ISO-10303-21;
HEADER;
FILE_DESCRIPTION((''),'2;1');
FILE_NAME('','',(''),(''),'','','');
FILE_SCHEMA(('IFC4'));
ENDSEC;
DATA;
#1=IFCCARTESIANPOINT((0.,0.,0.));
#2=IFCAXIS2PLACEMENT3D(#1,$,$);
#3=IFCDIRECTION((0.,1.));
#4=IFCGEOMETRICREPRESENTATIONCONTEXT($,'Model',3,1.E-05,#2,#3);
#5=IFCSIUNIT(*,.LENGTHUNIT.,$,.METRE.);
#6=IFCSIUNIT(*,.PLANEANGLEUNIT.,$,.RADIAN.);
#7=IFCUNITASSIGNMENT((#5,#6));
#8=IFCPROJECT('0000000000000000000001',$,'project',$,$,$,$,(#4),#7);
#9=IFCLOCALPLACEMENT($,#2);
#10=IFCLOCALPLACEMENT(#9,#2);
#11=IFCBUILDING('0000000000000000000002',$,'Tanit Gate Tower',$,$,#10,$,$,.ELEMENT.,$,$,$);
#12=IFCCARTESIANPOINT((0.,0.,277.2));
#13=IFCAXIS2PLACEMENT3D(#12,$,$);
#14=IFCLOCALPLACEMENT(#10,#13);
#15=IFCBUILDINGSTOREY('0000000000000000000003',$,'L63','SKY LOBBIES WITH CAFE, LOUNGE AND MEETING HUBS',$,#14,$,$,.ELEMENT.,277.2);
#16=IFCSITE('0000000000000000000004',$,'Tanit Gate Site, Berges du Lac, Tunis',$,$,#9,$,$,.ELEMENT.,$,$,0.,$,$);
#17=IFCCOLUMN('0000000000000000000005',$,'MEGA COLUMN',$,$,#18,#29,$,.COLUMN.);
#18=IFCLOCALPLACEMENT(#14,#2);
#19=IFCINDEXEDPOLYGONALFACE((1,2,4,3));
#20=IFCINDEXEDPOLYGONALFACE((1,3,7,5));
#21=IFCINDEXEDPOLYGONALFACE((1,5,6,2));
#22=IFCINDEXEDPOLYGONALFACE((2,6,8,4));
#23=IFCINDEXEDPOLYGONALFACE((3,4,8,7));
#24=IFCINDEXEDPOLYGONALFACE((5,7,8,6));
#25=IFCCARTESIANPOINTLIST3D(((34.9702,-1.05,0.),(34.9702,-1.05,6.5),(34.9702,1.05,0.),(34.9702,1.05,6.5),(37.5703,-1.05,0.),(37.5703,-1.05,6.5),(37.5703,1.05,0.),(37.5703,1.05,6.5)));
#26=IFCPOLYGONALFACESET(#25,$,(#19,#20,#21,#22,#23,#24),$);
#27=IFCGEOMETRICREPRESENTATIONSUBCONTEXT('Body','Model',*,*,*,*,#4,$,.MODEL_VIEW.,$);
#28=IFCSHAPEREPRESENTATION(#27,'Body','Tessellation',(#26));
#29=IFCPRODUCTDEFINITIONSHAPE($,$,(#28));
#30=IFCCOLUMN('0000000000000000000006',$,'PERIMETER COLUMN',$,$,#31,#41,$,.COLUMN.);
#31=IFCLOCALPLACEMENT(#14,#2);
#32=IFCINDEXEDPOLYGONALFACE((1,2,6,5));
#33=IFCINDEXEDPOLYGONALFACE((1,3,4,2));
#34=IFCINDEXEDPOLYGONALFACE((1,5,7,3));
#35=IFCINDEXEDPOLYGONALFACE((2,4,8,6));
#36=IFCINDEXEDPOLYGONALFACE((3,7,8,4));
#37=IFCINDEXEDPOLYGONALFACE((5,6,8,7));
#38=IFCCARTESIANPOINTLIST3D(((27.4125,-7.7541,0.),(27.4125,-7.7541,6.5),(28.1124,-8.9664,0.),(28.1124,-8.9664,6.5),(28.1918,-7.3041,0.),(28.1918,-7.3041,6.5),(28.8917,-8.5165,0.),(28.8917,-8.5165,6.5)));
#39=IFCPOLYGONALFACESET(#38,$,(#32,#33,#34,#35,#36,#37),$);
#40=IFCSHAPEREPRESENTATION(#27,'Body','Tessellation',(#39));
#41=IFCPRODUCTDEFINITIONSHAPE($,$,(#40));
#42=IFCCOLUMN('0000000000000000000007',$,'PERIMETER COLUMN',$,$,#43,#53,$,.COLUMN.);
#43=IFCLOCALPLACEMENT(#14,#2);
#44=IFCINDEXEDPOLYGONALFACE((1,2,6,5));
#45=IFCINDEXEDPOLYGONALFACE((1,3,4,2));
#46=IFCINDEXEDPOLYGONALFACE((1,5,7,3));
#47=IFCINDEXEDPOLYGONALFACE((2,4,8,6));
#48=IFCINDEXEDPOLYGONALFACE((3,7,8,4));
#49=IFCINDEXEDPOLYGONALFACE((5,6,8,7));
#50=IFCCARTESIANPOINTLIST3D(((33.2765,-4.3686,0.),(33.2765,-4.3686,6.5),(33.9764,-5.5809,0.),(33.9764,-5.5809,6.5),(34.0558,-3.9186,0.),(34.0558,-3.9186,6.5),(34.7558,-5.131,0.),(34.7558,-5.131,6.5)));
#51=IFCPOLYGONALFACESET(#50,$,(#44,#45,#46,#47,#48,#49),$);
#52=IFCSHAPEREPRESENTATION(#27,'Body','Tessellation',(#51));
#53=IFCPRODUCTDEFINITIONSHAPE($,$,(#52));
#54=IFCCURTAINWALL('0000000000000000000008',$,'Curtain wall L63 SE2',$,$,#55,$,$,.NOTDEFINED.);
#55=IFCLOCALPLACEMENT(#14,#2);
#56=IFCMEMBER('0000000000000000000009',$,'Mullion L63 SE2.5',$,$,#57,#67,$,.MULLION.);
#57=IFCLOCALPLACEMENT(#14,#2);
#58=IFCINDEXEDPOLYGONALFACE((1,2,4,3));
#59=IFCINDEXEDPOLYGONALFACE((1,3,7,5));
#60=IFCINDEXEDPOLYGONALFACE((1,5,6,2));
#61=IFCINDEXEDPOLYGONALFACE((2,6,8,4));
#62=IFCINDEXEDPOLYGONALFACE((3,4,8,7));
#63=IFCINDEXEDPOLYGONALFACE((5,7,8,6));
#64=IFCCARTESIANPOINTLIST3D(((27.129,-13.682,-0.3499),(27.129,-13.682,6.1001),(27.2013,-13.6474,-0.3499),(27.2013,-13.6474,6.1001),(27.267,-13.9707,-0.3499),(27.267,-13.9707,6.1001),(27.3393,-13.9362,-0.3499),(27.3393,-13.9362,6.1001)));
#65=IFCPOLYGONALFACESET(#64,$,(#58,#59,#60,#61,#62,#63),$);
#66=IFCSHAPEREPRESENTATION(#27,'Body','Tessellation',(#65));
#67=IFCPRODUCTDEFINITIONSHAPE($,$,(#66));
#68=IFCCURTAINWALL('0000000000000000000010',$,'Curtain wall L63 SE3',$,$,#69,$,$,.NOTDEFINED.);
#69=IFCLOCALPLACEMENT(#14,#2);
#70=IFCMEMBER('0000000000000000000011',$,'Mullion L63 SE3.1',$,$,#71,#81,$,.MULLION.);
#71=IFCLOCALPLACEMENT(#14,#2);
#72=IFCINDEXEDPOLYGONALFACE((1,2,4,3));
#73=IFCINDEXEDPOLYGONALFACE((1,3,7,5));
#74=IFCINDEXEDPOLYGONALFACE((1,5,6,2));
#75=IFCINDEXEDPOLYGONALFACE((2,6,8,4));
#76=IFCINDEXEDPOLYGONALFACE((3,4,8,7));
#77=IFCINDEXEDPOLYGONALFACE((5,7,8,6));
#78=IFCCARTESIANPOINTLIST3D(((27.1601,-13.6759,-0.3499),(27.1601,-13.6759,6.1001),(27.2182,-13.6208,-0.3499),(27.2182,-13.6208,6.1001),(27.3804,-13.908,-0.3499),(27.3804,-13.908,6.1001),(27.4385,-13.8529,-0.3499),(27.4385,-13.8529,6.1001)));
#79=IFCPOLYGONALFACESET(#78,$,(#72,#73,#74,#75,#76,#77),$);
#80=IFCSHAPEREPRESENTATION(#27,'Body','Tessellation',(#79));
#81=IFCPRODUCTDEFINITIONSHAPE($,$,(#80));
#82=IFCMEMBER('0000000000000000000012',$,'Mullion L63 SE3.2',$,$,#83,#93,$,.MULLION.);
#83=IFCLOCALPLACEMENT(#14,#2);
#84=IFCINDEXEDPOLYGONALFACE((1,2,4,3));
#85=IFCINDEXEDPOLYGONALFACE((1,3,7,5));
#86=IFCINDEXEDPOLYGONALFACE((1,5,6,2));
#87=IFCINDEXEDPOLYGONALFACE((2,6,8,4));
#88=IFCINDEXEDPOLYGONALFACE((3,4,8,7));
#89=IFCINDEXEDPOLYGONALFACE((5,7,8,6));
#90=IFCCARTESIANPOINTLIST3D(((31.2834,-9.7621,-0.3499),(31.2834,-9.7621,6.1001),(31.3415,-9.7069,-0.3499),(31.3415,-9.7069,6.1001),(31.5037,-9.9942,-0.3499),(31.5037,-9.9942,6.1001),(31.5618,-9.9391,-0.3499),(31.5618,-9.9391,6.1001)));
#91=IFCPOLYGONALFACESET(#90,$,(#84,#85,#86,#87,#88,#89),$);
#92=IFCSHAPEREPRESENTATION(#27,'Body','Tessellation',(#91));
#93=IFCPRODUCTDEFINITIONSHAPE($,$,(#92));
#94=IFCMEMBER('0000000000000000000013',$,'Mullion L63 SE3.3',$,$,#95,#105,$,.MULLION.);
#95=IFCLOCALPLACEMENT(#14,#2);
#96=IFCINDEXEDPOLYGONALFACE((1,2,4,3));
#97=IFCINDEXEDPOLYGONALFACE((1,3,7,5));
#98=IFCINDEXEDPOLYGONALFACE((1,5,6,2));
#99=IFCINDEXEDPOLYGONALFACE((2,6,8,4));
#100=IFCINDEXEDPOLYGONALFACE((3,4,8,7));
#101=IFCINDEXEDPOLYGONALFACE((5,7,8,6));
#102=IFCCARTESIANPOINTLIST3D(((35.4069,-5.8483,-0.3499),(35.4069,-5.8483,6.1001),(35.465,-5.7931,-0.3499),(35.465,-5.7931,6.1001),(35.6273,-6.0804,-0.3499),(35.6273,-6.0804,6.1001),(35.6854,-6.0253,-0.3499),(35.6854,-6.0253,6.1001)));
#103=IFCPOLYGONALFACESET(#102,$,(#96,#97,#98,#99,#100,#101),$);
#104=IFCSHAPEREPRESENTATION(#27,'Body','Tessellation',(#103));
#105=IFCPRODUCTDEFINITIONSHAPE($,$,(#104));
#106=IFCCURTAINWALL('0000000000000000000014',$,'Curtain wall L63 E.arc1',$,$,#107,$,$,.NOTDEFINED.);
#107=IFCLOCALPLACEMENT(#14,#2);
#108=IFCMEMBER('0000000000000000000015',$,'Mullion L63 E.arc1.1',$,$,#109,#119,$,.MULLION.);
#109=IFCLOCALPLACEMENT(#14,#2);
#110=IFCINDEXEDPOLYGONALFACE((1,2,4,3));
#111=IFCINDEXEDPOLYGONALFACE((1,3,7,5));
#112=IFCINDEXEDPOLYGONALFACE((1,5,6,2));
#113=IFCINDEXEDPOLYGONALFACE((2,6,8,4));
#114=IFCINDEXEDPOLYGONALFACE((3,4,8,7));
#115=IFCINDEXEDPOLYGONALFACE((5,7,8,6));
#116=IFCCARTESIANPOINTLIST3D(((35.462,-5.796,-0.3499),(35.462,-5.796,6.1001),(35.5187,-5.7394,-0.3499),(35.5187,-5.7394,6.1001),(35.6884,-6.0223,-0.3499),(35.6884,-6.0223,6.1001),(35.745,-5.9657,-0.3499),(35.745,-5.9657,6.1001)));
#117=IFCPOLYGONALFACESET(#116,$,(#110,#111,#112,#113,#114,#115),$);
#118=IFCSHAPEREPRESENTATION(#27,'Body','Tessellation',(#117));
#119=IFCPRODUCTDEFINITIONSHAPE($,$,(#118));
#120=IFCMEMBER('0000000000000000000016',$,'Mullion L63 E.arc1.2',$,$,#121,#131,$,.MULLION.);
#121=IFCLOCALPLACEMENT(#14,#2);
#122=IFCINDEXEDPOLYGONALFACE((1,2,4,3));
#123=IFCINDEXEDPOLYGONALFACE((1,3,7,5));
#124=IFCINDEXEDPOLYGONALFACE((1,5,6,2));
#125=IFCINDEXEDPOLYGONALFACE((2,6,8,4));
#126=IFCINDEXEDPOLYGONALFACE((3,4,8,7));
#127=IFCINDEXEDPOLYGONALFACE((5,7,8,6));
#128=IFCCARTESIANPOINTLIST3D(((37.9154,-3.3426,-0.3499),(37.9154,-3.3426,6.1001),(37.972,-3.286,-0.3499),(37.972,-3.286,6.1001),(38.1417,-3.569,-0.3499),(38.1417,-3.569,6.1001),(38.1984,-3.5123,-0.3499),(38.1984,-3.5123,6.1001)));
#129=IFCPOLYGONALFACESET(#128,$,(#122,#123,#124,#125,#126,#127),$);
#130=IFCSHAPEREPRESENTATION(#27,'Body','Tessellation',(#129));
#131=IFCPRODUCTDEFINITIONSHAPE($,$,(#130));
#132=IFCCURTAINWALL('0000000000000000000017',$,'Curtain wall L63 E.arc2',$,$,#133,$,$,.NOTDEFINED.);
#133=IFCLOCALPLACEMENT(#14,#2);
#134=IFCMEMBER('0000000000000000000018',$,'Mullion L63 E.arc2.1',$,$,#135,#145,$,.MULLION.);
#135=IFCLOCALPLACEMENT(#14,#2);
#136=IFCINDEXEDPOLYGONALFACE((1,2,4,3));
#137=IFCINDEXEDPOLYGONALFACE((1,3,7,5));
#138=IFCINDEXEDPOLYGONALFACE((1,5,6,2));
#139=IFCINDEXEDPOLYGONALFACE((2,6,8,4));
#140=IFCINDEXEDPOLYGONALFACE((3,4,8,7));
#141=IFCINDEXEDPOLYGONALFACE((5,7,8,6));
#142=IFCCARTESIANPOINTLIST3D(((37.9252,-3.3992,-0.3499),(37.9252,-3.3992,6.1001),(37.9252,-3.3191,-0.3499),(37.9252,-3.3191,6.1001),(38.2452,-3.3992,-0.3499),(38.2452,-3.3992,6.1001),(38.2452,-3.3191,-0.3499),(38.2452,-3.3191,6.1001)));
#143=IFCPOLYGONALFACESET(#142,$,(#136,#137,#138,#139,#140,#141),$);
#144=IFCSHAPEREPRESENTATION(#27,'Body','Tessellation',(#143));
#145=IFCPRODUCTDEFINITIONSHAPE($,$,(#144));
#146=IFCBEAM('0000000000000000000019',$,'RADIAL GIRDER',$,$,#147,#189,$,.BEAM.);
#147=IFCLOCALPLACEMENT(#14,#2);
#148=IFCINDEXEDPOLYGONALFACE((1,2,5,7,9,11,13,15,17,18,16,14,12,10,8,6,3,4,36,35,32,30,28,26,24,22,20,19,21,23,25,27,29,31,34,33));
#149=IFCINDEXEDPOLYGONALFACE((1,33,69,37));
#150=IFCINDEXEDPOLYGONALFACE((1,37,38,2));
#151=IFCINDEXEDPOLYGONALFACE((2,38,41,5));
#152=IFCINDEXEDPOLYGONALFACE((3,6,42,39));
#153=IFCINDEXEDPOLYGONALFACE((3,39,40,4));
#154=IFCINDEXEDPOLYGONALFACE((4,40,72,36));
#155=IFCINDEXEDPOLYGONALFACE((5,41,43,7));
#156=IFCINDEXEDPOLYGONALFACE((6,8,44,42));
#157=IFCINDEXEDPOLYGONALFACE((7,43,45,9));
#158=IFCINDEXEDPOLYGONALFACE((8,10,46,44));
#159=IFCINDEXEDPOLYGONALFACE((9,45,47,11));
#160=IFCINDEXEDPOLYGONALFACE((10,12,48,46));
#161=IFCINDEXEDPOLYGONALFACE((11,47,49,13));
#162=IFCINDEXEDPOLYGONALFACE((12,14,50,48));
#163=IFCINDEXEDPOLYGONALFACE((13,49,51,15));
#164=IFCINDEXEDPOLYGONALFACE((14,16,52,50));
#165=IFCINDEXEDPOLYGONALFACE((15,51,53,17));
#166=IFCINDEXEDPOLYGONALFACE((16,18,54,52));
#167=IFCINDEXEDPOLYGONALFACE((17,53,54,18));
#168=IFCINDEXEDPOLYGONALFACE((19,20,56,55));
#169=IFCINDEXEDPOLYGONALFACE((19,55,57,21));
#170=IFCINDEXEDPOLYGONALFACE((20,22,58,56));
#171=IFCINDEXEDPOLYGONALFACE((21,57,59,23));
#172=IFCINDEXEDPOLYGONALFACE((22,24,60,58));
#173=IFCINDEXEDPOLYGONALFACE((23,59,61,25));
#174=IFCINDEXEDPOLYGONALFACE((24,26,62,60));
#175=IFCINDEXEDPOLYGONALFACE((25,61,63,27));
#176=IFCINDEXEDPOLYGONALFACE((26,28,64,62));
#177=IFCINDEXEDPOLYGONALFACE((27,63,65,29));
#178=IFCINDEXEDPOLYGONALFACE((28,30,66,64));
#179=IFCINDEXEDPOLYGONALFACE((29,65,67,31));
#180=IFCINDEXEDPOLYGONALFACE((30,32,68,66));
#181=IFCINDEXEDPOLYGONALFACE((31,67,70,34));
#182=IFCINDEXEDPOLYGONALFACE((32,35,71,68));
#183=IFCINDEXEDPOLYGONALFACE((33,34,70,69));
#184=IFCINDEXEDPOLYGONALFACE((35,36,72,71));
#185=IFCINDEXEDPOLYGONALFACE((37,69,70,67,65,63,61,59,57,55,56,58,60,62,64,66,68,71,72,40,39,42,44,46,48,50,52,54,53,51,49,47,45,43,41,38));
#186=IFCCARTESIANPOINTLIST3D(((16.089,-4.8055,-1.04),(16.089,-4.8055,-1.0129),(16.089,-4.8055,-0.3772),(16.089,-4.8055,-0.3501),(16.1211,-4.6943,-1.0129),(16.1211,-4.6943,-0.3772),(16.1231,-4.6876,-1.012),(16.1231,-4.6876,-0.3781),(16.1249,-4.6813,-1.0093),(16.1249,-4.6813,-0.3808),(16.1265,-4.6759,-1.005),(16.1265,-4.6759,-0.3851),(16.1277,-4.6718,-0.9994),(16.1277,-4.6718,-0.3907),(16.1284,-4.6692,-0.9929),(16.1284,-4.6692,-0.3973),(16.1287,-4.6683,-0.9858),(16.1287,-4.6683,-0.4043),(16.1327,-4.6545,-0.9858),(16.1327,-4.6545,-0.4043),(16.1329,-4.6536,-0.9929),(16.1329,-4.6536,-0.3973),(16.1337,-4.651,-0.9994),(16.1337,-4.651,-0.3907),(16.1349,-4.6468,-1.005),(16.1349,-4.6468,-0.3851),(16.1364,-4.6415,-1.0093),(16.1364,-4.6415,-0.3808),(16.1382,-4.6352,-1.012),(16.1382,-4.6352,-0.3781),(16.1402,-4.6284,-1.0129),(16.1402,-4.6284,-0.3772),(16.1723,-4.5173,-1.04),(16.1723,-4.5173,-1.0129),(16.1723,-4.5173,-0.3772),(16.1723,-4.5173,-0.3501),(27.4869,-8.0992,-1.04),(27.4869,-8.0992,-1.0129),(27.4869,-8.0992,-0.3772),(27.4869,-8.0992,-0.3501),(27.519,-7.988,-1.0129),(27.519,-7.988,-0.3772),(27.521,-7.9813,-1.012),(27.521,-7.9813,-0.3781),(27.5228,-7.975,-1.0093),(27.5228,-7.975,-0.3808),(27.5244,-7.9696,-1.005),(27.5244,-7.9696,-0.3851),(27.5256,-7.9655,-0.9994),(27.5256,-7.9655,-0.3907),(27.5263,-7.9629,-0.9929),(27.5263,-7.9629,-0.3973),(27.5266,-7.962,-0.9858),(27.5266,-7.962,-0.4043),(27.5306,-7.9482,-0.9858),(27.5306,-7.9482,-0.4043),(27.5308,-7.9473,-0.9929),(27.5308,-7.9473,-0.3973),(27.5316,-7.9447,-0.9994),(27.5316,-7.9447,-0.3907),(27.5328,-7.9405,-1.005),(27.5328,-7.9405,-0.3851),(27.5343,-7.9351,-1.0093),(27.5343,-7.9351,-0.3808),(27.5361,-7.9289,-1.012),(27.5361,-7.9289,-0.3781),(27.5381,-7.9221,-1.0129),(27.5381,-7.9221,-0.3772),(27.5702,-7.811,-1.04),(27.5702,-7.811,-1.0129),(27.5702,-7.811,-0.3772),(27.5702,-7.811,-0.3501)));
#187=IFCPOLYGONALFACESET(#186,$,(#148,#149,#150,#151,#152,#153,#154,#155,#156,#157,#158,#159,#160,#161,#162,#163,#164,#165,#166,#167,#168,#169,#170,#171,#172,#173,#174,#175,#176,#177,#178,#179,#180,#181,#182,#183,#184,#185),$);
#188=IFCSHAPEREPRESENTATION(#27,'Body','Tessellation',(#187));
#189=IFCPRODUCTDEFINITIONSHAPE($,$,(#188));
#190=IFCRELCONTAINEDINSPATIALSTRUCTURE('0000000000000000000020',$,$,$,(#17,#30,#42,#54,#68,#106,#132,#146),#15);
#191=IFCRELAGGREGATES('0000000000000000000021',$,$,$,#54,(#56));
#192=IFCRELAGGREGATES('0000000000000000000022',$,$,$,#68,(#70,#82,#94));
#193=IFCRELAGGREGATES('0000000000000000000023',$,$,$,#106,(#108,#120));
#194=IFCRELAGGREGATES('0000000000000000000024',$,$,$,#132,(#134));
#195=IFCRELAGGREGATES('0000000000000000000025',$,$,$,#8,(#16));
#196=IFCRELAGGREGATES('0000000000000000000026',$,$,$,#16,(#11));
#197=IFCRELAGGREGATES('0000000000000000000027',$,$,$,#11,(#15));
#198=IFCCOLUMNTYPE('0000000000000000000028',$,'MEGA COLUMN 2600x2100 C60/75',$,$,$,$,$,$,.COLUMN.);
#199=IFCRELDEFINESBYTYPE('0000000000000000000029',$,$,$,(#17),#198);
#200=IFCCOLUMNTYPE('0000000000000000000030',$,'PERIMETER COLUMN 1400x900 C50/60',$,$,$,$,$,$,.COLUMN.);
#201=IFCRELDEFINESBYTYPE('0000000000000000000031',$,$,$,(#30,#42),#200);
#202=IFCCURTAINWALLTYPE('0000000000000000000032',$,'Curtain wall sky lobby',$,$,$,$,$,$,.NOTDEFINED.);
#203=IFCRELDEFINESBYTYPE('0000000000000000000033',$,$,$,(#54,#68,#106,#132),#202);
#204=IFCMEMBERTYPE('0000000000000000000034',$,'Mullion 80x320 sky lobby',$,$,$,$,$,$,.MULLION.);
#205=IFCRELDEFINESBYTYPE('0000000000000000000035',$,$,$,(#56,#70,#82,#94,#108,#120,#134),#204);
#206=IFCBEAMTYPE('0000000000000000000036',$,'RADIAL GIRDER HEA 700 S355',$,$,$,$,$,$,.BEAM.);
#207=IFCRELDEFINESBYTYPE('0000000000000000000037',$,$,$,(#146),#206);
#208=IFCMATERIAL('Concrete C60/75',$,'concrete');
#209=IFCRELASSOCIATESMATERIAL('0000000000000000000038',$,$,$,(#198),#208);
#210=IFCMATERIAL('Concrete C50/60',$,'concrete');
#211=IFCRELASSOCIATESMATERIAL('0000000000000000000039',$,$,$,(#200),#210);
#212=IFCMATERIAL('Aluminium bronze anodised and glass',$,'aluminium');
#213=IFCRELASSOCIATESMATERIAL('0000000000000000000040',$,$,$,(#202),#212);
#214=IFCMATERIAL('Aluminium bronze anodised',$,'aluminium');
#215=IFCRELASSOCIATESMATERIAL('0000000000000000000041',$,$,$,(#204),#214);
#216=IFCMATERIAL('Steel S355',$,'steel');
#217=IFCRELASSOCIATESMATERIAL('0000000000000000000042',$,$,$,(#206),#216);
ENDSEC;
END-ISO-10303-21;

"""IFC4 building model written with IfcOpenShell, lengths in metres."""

from ifc_helpers import new_model, si_unit, direction, frame, origin, origin_2d, place, context, subcontext, project, spatial, rectangle, i_section, extrude, material, material_profile, profile_set, type_object, element, aggregate, save


model = new_model("IFC4")

# Units and contexts
model_context = context("Model", 3, precision=1e-05, world=origin(), true_north=direction((0.0, 1.0)))
body_context = subcontext(model_context, "Body", "Model", "MODEL_VIEW")
ifc_project = project(units=[si_unit("LENGTHUNIT", "METRE"), si_unit("PLANEANGLEUNIT", "RADIAN")], contexts=[model_context])

# Site, building, storey
site_placement = place(None, origin())
site = spatial("IfcSite", under=ifc_project, at=site_placement, Name="Tanit Gate Site, Berges du Lac, Tunis", CompositionType="ELEMENT", RefElevation=0.0)
building_placement = place(site_placement, origin())
building = spatial("IfcBuilding", under=site, at=building_placement, Name="Tanit Gate Tower", CompositionType="ELEMENT")
storey_placement = place(building_placement, frame((0.0, 0.0, 277.2)))
storey = spatial("IfcBuildingStorey", under=building, at=storey_placement, Name="L63", Description="SKY LOBBIES WITH CAFE, LOUNGE AND MEETING HUBS", CompositionType="ELEMENT", Elevation=277.2)

# Columns
ifc_material_1 = material(Name="Concrete C60/75", Category="concrete")
ifc_material_profile_1 = material_profile(ifc_material_1, rectangle(XDim=2.6001, YDim=2.1001, at=origin_2d()), Name="RC 2600x2100")
ifc_profile_set_1 = profile_set([ifc_material_profile_1], Name="Concrete C60/75")
column_type_1 = type_object("IfcColumnType", Name="MEGA COLUMN 2600x2100 C60/75", PredefinedType="COLUMN", material=ifc_profile_set_1)
column_placement = place(storey_placement, frame((36.2703, 0.0, 0.0), z_axis=(0.0, 0.0, 1.0), x_axis=(1.0, 0.0, 0.0)))
element("IfcColumn", 1, at=column_placement, inside=storey, type_object=column_type_1, Name="MEGA COLUMN", PredefinedType="COLUMN", context=body_context, shape_type="SweptSolid", body=[
    extrude(rectangle(XDim=2.6001, YDim=2.1001, at=origin_2d()), origin(), (0.0, 0.0, 1.0), 6.5),
])
ifc_material_2 = material(Name="Concrete C50/60", Category="concrete")
ifc_material_profile_2 = material_profile(ifc_material_2, rectangle(XDim=1.3999, YDim=0.8999, at=origin_2d()), Name="RC 1400x900")
ifc_profile_set_2 = profile_set([ifc_material_profile_2], Name="Concrete C50/60")
column_type_2 = type_object("IfcColumnType", Name="PERIMETER COLUMN 1400x900 C50/60", PredefinedType="COLUMN", material=ifc_profile_set_2)
for number, where, z_axis, x_axis, name in (
    (2, (28.1521, -8.1353, 0.0), (0.0, 0.0, 1.0), (0.5, -0.866025, 0.0), "PERIMETER COLUMN"),
    (3, (34.0161, -4.7498, 0.0), (0.0, 0.0, 1.0), (0.5, -0.866025, 0.0), "PERIMETER COLUMN"),
):
    element("IfcColumn", number, at=place(storey_placement, frame(where, z_axis=z_axis, x_axis=x_axis)), inside=storey, type_object=column_type_2, Name=name, PredefinedType="COLUMN", context=body_context, shape_type="SweptSolid", body=[
        extrude(rectangle(XDim=1.3999, YDim=0.8999, at=origin_2d()), origin(), (0.0, 0.0, 1.0), 6.5),
    ])

# Curtain wall, member
ifc_material_3 = material(Name="Aluminium bronze anodised and glass", Category="aluminium")
curtain_wall_type = type_object("IfcCurtainWallType", Name="Curtain wall sky lobby", PredefinedType="NOTDEFINED", material=ifc_material_3)
curtain_wall_1_placement = place(storey_placement, origin())
curtain_wall_1 = element("IfcCurtainWall", 4, at=curtain_wall_1_placement, inside=storey, type_object=curtain_wall_type, Name="Curtain wall L63 SE2", PredefinedType="NOTDEFINED")
ifc_material_4 = material(Name="Aluminium bronze anodised", Category="aluminium")
ifc_material_profile_3 = material_profile(ifc_material_4, rectangle(XDim=0.3201, YDim=0.0801, at=origin_2d()), Name="80x320 bronze mullion")
ifc_profile_set_3 = profile_set([ifc_material_profile_3], Name="Aluminium bronze anodised")
member_type_1 = type_object("IfcMemberType", Name="Mullion 80x320 sky lobby", PredefinedType="MULLION", material=ifc_profile_set_3)
member_1_placement = place(storey_placement, frame((27.2341, -13.8091, -0.3499), z_axis=(0.0, 0.0, 1.0), x_axis=(-0.431197, 0.902258, 0.0)))
member_1 = element("IfcMember", 5, at=member_1_placement, type_object=member_type_1, Name="Mullion L63 SE2.5", PredefinedType="MULLION", context=body_context, shape_type="SweptSolid", body=[
    extrude(rectangle(XDim=0.3201, YDim=0.0801, at=origin_2d()), origin(), (0.0, 0.0, 1.0), 6.45),
])
aggregate(curtain_wall_1, [member_1])

# Curtain walls, members
curtain_wall_2_placement = place(storey_placement, origin())
curtain_wall_2 = element("IfcCurtainWall", 6, at=curtain_wall_2_placement, inside=storey, type_object=curtain_wall_type, Name="Curtain wall L63 SE3", PredefinedType="NOTDEFINED")
member_2_placement = place(storey_placement, frame((27.2993, -13.7644, -0.3499), z_axis=(0.0, 0.0, 1.0), x_axis=(-0.688427, 0.725306, 0.0)))
member_2 = element("IfcMember", 7, at=member_2_placement, type_object=member_type_1, Name="Mullion L63 SE3.1", PredefinedType="MULLION", context=body_context, shape_type="SweptSolid", body=[
    extrude(rectangle(XDim=0.3201, YDim=0.0801, at=origin_2d()), origin(), (0.0, 0.0, 1.0), 6.45),
])
member_3_placement = place(storey_placement, frame((31.4226, -9.8506, -0.3499), z_axis=(0.0, 0.0, 1.0), x_axis=(-0.688427, 0.725306, 0.0)))
member_3 = element("IfcMember", 8, at=member_3_placement, type_object=member_type_1, Name="Mullion L63 SE3.2", PredefinedType="MULLION", context=body_context, shape_type="SweptSolid", body=[
    extrude(rectangle(XDim=0.3201, YDim=0.0801, at=origin_2d()), origin(), (0.0, 0.0, 1.0), 6.45),
])
member_4_placement = place(storey_placement, frame((35.5461, -5.9368, -0.3499), z_axis=(0.0, 0.0, 1.0), x_axis=(-0.688427, 0.725306, 0.0)))
member_4 = element("IfcMember", 9, at=member_4_placement, type_object=member_type_1, Name="Mullion L63 SE3.3", PredefinedType="MULLION", context=body_context, shape_type="SweptSolid", body=[
    extrude(rectangle(XDim=0.3201, YDim=0.0801, at=origin_2d()), origin(), (0.0, 0.0, 1.0), 6.45),
])
curtain_wall_3_placement = place(storey_placement, origin())
curtain_wall_3 = element("IfcCurtainWall", 10, at=curtain_wall_3_placement, inside=storey, type_object=curtain_wall_type, Name="Curtain wall L63 E.arc1", PredefinedType="NOTDEFINED")
member_5_placement = place(storey_placement, frame((35.6035, -5.8809, -0.3499), z_axis=(0.0, 0.0, 1.0), x_axis=(-0.707107, 0.707107, 0.0)))
member_5 = element("IfcMember", 11, at=member_5_placement, type_object=member_type_1, Name="Mullion L63 E.arc1.1", PredefinedType="MULLION", context=body_context, shape_type="SweptSolid", body=[
    extrude(rectangle(XDim=0.3201, YDim=0.0801, at=origin_2d()), origin(), (0.0, 0.0, 1.0), 6.45),
])
member_6_placement = place(storey_placement, frame((38.0569, -3.4275, -0.3499), z_axis=(0.0, 0.0, 1.0), x_axis=(-0.707107, 0.707107, 0.0)))
member_6 = element("IfcMember", 12, at=member_6_placement, type_object=member_type_1, Name="Mullion L63 E.arc1.2", PredefinedType="MULLION", context=body_context, shape_type="SweptSolid", body=[
    extrude(rectangle(XDim=0.3201, YDim=0.0801, at=origin_2d()), origin(), (0.0, 0.0, 1.0), 6.45),
])

# Curtain wall, member
curtain_wall_4_placement = place(storey_placement, origin())
curtain_wall_4 = element("IfcCurtainWall", 13, at=curtain_wall_4_placement, inside=storey, type_object=curtain_wall_type, Name="Curtain wall L63 E.arc2", PredefinedType="NOTDEFINED")
member_7_placement = place(storey_placement, frame((38.0852, -3.3591, -0.3499), z_axis=(0.0, 0.0, 1.0), x_axis=(-1.0, 0.0, 0.0)))
member_7 = element("IfcMember", 14, at=member_7_placement, type_object=member_type_1, Name="Mullion L63 E.arc2.1", PredefinedType="MULLION", context=body_context, shape_type="SweptSolid", body=[
    extrude(rectangle(XDim=0.3201, YDim=0.0801, at=origin_2d()), origin(), (0.0, 0.0, 1.0), 6.45),
])

# Beam
ifc_material_5 = material(Name="Steel S355", Category="steel")
ifc_material_profile_4 = material_profile(ifc_material_5, i_section(OverallWidth=0.3, OverallDepth=0.6899, WebThickness=0.0144, FlangeThickness=0.0271, FilletRadius=0.0271, at=origin_2d()), Name="HEA 700")
ifc_profile_set_4 = profile_set([ifc_material_profile_4], Name="Steel S355")
beam_type_1 = type_object("IfcBeamType", Name="RADIAL GIRDER HEA 700 S355", PredefinedType="BEAM", material=ifc_profile_set_4)
beam_1_placement = place(storey_placement, frame((27.5286, -7.9551, -0.6951), z_axis=(-0.960693, 0.277614, 0.0), x_axis=(-0.277614, -0.960693, 0.0)))
element("IfcBeam", 15, at=beam_1_placement, inside=storey, type_object=beam_type_1, Name="RADIAL GIRDER", PredefinedType="BEAM", context=body_context, shape_type="SweptSolid", body=[
    extrude(i_section(OverallWidth=0.3, OverallDepth=0.6899, WebThickness=0.0144, FlangeThickness=0.0271, FilletRadius=0.0271, at=origin_2d()), origin(), (0.0, 0.0, 1.0), 11.8643),
])

aggregate(curtain_wall_2, [member_2, member_3, member_4])
aggregate(curtain_wall_3, [member_5, member_6])
aggregate(curtain_wall_4, [member_7])

save(model, "model.ifc")
